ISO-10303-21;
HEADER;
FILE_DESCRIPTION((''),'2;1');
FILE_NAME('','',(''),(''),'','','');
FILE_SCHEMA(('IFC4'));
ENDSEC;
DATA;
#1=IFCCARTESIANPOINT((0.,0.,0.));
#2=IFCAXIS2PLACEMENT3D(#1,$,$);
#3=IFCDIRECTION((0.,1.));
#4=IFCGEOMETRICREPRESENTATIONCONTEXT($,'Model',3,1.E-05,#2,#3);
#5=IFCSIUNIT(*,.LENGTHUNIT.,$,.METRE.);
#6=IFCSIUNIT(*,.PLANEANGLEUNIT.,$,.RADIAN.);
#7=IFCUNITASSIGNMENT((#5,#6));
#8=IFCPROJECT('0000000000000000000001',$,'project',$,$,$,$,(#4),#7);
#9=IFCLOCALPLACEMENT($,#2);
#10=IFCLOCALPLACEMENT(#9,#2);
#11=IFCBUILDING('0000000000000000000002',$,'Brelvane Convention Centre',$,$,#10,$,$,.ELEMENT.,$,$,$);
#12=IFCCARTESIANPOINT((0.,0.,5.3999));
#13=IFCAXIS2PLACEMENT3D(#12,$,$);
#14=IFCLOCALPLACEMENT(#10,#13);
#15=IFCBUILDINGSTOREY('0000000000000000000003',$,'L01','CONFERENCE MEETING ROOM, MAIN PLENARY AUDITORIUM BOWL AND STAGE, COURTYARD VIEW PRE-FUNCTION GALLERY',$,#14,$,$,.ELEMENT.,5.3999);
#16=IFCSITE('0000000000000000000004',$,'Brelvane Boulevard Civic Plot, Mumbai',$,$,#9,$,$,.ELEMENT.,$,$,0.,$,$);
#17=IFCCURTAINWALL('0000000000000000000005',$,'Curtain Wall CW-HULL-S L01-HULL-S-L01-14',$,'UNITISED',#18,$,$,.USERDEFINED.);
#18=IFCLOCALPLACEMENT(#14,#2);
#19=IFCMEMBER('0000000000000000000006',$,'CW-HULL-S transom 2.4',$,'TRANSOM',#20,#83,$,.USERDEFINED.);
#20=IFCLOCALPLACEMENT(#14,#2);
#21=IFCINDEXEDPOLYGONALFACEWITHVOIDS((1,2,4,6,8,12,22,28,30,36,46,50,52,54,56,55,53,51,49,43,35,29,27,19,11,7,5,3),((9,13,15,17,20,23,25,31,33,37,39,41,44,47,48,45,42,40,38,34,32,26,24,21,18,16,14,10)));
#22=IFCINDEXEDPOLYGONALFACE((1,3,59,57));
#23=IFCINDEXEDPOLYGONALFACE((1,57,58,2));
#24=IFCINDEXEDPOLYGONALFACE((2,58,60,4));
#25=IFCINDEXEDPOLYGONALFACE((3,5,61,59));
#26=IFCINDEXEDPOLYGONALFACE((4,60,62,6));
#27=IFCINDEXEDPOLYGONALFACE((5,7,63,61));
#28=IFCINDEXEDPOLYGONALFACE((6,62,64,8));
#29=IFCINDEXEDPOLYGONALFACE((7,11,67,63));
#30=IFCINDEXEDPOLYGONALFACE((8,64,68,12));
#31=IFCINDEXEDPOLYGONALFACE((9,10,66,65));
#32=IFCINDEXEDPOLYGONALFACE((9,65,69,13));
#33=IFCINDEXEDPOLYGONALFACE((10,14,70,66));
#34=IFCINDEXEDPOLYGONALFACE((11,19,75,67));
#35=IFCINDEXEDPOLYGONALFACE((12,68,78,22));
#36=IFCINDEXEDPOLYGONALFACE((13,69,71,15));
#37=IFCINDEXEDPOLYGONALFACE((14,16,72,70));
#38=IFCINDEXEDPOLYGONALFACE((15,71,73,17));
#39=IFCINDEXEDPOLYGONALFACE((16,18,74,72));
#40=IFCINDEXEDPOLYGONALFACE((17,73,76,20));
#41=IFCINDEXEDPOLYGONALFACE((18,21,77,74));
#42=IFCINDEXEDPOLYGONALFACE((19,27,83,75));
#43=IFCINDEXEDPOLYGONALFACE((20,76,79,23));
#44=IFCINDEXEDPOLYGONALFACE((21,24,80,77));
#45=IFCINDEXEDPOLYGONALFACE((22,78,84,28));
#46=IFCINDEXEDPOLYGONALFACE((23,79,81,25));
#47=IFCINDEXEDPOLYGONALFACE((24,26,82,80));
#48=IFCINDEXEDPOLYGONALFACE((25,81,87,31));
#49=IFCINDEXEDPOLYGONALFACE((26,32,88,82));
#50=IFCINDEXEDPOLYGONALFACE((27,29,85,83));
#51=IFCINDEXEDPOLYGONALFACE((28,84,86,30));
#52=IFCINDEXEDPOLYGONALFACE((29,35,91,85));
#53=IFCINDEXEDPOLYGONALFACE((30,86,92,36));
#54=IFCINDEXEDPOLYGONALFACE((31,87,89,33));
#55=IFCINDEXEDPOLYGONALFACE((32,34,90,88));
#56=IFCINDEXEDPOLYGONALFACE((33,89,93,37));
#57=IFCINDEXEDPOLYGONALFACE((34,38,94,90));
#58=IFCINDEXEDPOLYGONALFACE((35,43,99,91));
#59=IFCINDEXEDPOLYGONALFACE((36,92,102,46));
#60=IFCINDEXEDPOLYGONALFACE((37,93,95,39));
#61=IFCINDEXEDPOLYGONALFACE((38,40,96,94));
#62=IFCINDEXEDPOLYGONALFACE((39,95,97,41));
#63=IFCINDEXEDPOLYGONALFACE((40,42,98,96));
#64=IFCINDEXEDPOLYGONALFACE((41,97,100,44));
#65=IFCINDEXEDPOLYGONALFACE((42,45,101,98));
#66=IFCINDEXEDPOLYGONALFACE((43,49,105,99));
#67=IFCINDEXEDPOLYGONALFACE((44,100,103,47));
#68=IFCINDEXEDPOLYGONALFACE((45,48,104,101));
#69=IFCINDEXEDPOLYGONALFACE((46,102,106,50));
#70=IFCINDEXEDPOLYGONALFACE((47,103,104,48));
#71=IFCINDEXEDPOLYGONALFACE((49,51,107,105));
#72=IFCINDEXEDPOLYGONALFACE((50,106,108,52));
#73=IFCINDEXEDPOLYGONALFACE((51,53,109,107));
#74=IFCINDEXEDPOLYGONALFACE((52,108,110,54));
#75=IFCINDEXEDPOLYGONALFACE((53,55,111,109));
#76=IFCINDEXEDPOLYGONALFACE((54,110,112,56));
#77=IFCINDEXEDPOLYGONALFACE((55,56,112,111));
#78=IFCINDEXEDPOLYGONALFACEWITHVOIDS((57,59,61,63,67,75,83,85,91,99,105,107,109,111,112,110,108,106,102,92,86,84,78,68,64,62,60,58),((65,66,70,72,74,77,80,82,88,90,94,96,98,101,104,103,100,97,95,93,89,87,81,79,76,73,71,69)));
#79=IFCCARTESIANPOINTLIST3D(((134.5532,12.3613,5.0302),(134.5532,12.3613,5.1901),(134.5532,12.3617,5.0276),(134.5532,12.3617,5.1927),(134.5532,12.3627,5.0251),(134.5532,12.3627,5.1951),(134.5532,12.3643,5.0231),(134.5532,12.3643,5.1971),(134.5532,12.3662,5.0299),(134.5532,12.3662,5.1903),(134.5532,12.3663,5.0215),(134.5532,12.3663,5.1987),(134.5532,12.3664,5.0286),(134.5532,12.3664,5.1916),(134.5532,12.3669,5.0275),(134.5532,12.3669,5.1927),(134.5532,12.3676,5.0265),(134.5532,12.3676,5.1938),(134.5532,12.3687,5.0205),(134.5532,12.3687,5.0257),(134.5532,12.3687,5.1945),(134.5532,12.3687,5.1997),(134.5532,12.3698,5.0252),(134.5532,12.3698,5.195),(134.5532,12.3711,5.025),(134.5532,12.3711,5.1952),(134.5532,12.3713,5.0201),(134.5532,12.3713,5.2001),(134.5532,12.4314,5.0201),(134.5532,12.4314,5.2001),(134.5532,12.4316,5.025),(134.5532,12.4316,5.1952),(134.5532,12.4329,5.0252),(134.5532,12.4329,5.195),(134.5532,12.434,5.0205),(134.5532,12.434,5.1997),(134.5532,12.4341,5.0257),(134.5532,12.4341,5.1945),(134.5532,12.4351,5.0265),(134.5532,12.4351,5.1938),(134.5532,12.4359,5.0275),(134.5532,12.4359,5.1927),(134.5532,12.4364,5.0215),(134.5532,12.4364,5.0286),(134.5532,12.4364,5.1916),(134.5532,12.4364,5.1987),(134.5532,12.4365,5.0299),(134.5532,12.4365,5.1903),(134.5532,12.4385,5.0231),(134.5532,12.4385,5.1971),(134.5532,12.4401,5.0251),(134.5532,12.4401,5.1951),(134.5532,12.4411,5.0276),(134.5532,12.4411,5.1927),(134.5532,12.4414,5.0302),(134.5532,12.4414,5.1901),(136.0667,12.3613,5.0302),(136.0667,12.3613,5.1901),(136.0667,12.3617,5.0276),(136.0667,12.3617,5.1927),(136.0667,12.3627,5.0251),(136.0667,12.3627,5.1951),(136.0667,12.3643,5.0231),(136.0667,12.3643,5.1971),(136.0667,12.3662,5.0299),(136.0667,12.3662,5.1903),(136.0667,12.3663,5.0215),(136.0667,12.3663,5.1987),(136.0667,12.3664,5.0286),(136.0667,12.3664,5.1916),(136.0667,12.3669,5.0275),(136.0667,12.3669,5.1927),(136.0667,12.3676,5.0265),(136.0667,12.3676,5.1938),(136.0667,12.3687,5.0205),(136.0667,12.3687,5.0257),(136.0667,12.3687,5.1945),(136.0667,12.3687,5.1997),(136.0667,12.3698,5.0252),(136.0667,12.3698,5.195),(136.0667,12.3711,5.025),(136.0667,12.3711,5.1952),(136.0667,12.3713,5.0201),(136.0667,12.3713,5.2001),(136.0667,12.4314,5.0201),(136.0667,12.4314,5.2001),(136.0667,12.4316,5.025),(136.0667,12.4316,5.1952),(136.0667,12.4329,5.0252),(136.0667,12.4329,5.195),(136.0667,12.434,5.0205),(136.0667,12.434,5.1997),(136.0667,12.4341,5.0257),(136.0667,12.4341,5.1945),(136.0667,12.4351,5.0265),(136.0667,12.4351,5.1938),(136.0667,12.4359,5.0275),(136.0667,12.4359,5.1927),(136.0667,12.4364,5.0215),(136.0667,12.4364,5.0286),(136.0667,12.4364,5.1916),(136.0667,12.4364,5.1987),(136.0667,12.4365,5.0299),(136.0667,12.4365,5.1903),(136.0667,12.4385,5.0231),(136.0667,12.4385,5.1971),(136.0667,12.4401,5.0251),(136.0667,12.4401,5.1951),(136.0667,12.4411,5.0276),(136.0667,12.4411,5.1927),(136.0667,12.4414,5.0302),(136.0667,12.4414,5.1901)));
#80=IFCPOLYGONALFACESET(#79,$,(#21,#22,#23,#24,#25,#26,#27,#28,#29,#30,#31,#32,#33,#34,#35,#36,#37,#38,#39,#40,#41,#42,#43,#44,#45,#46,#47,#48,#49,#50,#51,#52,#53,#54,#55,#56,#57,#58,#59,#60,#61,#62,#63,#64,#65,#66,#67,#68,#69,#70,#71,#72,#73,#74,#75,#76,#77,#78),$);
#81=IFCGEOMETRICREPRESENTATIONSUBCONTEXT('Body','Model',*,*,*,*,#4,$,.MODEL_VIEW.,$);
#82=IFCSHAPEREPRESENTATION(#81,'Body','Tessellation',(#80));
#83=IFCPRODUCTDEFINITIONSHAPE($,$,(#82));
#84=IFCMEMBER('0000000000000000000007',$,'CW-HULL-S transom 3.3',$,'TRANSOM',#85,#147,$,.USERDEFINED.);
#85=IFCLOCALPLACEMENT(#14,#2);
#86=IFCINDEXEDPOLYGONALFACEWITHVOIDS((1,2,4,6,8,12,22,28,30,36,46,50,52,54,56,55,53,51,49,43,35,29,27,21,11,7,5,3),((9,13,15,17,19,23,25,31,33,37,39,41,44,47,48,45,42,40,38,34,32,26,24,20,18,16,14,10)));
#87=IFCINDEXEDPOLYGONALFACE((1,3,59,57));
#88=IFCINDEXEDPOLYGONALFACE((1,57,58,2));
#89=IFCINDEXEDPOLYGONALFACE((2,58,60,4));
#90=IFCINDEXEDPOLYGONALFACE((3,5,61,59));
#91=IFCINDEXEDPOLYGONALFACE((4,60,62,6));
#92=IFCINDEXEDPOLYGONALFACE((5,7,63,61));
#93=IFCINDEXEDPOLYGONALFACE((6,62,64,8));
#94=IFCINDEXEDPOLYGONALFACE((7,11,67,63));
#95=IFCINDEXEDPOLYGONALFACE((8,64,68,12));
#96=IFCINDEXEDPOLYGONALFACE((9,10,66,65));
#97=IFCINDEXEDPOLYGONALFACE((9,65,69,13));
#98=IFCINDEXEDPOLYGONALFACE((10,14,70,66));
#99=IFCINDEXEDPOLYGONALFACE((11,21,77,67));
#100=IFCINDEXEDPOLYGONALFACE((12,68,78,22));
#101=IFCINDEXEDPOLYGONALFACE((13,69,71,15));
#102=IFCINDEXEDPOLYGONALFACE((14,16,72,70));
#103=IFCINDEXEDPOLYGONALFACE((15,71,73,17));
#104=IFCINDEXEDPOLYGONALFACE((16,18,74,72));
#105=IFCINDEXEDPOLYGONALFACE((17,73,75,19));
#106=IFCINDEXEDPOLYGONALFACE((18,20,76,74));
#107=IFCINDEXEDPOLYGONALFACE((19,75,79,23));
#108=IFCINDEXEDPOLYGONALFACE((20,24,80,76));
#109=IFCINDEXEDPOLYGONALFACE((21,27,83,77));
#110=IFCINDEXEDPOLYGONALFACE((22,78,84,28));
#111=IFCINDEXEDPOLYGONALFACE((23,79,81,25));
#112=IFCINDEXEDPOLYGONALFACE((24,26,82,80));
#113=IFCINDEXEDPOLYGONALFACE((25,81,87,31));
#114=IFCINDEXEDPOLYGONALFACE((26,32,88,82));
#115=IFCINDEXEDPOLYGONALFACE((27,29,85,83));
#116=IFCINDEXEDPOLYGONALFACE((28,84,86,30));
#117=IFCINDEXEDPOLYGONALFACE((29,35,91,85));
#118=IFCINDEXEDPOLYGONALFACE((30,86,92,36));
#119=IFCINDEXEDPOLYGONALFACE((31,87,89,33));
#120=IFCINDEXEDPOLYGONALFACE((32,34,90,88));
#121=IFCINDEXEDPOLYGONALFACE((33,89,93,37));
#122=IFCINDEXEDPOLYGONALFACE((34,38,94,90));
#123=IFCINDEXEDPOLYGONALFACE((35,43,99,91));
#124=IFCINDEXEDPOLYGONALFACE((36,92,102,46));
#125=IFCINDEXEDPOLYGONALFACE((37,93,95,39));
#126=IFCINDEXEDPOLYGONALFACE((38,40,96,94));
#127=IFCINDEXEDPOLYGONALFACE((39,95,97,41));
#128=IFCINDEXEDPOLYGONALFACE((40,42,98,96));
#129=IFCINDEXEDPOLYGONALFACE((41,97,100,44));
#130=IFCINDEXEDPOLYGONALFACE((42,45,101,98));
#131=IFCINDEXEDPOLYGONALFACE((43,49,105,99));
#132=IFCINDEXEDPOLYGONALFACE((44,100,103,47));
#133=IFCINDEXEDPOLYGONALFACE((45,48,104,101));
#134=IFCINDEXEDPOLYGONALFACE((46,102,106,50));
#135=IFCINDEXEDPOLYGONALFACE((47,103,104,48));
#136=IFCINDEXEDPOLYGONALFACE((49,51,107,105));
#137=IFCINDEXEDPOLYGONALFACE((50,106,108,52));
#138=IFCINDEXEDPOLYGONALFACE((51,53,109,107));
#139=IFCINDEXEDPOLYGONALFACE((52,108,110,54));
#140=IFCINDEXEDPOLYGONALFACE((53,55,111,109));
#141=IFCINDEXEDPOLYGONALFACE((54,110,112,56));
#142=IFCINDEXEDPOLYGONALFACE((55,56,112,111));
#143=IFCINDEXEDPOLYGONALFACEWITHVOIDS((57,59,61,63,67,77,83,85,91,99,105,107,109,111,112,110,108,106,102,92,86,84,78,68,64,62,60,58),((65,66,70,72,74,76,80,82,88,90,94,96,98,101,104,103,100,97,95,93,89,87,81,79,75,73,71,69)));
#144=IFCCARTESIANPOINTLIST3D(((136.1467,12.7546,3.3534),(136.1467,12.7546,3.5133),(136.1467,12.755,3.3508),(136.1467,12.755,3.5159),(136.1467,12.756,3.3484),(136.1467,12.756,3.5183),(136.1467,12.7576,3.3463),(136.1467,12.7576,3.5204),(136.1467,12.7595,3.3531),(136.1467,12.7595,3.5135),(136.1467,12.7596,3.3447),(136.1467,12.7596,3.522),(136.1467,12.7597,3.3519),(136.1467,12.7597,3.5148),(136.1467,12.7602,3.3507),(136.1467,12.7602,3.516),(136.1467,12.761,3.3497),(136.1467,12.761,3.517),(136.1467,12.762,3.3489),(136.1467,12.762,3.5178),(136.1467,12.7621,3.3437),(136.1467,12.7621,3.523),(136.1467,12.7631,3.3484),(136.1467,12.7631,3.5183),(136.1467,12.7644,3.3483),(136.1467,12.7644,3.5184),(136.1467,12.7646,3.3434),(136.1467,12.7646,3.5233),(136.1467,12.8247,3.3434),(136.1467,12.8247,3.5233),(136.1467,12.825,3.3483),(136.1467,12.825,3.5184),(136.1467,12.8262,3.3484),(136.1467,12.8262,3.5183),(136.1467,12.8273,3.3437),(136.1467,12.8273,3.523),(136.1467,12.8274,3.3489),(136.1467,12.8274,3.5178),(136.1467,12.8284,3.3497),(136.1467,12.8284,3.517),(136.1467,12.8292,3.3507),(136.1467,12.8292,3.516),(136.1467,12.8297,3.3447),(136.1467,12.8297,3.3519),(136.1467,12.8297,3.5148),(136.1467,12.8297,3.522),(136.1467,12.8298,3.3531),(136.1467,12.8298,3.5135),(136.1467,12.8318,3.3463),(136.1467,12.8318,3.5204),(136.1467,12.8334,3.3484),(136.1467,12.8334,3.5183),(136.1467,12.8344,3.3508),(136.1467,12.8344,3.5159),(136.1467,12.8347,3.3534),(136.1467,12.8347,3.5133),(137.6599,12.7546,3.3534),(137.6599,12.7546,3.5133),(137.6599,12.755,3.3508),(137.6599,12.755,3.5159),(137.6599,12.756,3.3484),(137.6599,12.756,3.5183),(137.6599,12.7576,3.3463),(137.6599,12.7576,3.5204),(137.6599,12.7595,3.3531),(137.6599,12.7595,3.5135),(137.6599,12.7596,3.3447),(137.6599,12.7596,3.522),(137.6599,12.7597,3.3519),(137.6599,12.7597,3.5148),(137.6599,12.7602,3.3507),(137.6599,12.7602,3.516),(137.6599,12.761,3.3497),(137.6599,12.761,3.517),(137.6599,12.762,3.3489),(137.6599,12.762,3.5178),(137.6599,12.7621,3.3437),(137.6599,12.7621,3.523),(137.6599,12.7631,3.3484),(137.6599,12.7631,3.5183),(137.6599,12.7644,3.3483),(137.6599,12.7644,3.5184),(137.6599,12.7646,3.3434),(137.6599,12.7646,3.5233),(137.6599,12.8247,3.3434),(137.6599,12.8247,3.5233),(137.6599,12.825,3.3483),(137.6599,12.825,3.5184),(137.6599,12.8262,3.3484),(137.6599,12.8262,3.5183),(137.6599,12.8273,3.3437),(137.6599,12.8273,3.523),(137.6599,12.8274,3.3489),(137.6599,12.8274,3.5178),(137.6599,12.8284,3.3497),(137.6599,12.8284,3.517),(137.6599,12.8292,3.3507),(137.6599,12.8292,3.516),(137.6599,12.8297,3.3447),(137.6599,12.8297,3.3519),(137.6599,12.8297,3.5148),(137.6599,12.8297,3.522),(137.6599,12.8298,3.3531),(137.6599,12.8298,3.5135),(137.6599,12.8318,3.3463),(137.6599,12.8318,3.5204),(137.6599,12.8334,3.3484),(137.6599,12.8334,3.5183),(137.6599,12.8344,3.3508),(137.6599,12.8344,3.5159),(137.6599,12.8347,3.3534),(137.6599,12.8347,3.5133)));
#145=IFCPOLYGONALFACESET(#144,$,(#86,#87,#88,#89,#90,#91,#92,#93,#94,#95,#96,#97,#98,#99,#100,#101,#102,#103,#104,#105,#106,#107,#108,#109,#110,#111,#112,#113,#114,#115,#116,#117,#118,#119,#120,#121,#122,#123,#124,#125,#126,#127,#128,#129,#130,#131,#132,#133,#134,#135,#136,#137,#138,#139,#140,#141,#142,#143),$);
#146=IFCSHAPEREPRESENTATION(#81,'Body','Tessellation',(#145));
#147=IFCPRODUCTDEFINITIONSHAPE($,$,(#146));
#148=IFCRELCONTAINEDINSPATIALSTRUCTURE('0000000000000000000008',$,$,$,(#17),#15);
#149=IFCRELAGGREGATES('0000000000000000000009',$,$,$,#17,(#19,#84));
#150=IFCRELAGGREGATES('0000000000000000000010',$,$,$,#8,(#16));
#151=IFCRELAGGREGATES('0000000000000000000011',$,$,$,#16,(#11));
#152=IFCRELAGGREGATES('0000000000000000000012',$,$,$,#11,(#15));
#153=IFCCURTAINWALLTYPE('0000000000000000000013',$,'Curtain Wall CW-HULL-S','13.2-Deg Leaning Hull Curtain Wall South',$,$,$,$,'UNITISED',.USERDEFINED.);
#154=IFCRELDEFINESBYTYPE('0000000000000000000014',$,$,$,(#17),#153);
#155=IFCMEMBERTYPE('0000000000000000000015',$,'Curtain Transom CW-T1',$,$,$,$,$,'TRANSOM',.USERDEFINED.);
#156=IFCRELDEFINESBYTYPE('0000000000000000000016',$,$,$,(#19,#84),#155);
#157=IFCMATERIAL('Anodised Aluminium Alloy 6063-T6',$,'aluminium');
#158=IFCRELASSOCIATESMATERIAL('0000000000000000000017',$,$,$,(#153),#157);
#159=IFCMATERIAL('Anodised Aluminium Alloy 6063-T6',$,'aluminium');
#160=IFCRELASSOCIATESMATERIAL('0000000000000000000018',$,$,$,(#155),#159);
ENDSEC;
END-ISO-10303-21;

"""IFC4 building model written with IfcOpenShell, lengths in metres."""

from ifc_helpers import new_model, si_unit, direction, frame, origin, origin_2d, place, context, subcontext, project, spatial, hollow_rectangle, extrude, material, material_profile, profile_set, type_object, element, aggregate, save


model = new_model("IFC4")

# Units and contexts
model_context = context("Model", 3, precision=1e-05, world=origin(), true_north=direction((0.0, 1.0)))
body_context = subcontext(model_context, "Body", "Model", "MODEL_VIEW")
ifc_project = project(units=[si_unit("LENGTHUNIT", "METRE"), si_unit("PLANEANGLEUNIT", "RADIAN")], contexts=[model_context])

# Site, building, storey
site_placement = place(None, origin())
site = spatial("IfcSite", under=ifc_project, at=site_placement, Name="Brelvane Boulevard Civic Plot, Mumbai", CompositionType="ELEMENT", RefElevation=0.0)
building_placement = place(site_placement, origin())
building = spatial("IfcBuilding", under=site, at=building_placement, Name="Brelvane Convention Centre", CompositionType="ELEMENT")
storey_placement = place(building_placement, frame((0.0, 0.0, 5.3999)))
storey = spatial("IfcBuildingStorey", under=building, at=storey_placement, Name="L01", Description="CONFERENCE MEETING ROOM, MAIN PLENARY AUDITORIUM BOWL AND STAGE, COURTYARD VIEW PRE-FUNCTION GALLERY", CompositionType="ELEMENT", Elevation=5.3999)

# Curtain wall
ifc_material_1 = material(Name="Anodised Aluminium Alloy 6063-T6", Category="aluminium")
curtain_wall_type = type_object("IfcCurtainWallType", Name="Curtain Wall CW-HULL-S", Description="13.2-Deg Leaning Hull Curtain Wall South", ElementType="UNITISED", PredefinedType="USERDEFINED", material=ifc_material_1)
curtain_wall_1_placement = place(storey_placement, origin())
curtain_wall_1 = element("IfcCurtainWall", 1, at=curtain_wall_1_placement, inside=storey, type_object=curtain_wall_type, Name="Curtain Wall CW-HULL-S L01-HULL-S-L01-14", ObjectType="UNITISED", PredefinedType="USERDEFINED")

# Members
ifc_material_2 = material(Name="Anodised Aluminium Alloy 6063-T6", Category="aluminium")
ifc_material_profile_1 = material_profile(ifc_material_2, hollow_rectangle(XDim=0.0801, YDim=0.1799, WallThickness=0.0049, InnerFilletRadius=0.0049, OuterFilletRadius=0.01, at=origin_2d()), Name="ALU-T 180x80x5.0")
ifc_profile_set_1 = profile_set([ifc_material_profile_1], Name="Anodised Aluminium Alloy 6063-T6")
member_type_1 = type_object("IfcMemberType", Name="Curtain Transom CW-T1", ElementType="TRANSOM", PredefinedType="USERDEFINED", material=ifc_profile_set_1)
member_1_placement = place(storey_placement, frame((134.5532, 12.4014, 5.1101), z_axis=(1.0, 0.0, 0.0), x_axis=(0.0, 1.0, 0.0)))
member_1 = element("IfcMember", 2, at=member_1_placement, type_object=member_type_1, Name="CW-HULL-S transom 2.4", ObjectType="TRANSOM", PredefinedType="USERDEFINED", context=body_context, shape_type="SweptSolid", body=[
    extrude(hollow_rectangle(XDim=0.0801, YDim=0.1799, WallThickness=0.0049, InnerFilletRadius=0.0049, OuterFilletRadius=0.01, at=origin_2d()), origin(), (0.0, 0.0, 1.0), 1.5134),
])
member_2_placement = place(storey_placement, frame((136.1467, 12.7947, 3.4333), z_axis=(1.0, 0.0, 0.0), x_axis=(0.0, 1.0, 0.0)))
member_2 = element("IfcMember", 3, at=member_2_placement, type_object=member_type_1, Name="CW-HULL-S transom 3.3", ObjectType="TRANSOM", PredefinedType="USERDEFINED", context=body_context, shape_type="SweptSolid", body=[
    extrude(hollow_rectangle(XDim=0.0801, YDim=0.1799, WallThickness=0.0049, InnerFilletRadius=0.0049, OuterFilletRadius=0.01, at=origin_2d()), origin(), (0.0, 0.0, 1.0), 1.5132),
])

aggregate(curtain_wall_1, [member_1, member_2])

save(model, "model.ifc")
